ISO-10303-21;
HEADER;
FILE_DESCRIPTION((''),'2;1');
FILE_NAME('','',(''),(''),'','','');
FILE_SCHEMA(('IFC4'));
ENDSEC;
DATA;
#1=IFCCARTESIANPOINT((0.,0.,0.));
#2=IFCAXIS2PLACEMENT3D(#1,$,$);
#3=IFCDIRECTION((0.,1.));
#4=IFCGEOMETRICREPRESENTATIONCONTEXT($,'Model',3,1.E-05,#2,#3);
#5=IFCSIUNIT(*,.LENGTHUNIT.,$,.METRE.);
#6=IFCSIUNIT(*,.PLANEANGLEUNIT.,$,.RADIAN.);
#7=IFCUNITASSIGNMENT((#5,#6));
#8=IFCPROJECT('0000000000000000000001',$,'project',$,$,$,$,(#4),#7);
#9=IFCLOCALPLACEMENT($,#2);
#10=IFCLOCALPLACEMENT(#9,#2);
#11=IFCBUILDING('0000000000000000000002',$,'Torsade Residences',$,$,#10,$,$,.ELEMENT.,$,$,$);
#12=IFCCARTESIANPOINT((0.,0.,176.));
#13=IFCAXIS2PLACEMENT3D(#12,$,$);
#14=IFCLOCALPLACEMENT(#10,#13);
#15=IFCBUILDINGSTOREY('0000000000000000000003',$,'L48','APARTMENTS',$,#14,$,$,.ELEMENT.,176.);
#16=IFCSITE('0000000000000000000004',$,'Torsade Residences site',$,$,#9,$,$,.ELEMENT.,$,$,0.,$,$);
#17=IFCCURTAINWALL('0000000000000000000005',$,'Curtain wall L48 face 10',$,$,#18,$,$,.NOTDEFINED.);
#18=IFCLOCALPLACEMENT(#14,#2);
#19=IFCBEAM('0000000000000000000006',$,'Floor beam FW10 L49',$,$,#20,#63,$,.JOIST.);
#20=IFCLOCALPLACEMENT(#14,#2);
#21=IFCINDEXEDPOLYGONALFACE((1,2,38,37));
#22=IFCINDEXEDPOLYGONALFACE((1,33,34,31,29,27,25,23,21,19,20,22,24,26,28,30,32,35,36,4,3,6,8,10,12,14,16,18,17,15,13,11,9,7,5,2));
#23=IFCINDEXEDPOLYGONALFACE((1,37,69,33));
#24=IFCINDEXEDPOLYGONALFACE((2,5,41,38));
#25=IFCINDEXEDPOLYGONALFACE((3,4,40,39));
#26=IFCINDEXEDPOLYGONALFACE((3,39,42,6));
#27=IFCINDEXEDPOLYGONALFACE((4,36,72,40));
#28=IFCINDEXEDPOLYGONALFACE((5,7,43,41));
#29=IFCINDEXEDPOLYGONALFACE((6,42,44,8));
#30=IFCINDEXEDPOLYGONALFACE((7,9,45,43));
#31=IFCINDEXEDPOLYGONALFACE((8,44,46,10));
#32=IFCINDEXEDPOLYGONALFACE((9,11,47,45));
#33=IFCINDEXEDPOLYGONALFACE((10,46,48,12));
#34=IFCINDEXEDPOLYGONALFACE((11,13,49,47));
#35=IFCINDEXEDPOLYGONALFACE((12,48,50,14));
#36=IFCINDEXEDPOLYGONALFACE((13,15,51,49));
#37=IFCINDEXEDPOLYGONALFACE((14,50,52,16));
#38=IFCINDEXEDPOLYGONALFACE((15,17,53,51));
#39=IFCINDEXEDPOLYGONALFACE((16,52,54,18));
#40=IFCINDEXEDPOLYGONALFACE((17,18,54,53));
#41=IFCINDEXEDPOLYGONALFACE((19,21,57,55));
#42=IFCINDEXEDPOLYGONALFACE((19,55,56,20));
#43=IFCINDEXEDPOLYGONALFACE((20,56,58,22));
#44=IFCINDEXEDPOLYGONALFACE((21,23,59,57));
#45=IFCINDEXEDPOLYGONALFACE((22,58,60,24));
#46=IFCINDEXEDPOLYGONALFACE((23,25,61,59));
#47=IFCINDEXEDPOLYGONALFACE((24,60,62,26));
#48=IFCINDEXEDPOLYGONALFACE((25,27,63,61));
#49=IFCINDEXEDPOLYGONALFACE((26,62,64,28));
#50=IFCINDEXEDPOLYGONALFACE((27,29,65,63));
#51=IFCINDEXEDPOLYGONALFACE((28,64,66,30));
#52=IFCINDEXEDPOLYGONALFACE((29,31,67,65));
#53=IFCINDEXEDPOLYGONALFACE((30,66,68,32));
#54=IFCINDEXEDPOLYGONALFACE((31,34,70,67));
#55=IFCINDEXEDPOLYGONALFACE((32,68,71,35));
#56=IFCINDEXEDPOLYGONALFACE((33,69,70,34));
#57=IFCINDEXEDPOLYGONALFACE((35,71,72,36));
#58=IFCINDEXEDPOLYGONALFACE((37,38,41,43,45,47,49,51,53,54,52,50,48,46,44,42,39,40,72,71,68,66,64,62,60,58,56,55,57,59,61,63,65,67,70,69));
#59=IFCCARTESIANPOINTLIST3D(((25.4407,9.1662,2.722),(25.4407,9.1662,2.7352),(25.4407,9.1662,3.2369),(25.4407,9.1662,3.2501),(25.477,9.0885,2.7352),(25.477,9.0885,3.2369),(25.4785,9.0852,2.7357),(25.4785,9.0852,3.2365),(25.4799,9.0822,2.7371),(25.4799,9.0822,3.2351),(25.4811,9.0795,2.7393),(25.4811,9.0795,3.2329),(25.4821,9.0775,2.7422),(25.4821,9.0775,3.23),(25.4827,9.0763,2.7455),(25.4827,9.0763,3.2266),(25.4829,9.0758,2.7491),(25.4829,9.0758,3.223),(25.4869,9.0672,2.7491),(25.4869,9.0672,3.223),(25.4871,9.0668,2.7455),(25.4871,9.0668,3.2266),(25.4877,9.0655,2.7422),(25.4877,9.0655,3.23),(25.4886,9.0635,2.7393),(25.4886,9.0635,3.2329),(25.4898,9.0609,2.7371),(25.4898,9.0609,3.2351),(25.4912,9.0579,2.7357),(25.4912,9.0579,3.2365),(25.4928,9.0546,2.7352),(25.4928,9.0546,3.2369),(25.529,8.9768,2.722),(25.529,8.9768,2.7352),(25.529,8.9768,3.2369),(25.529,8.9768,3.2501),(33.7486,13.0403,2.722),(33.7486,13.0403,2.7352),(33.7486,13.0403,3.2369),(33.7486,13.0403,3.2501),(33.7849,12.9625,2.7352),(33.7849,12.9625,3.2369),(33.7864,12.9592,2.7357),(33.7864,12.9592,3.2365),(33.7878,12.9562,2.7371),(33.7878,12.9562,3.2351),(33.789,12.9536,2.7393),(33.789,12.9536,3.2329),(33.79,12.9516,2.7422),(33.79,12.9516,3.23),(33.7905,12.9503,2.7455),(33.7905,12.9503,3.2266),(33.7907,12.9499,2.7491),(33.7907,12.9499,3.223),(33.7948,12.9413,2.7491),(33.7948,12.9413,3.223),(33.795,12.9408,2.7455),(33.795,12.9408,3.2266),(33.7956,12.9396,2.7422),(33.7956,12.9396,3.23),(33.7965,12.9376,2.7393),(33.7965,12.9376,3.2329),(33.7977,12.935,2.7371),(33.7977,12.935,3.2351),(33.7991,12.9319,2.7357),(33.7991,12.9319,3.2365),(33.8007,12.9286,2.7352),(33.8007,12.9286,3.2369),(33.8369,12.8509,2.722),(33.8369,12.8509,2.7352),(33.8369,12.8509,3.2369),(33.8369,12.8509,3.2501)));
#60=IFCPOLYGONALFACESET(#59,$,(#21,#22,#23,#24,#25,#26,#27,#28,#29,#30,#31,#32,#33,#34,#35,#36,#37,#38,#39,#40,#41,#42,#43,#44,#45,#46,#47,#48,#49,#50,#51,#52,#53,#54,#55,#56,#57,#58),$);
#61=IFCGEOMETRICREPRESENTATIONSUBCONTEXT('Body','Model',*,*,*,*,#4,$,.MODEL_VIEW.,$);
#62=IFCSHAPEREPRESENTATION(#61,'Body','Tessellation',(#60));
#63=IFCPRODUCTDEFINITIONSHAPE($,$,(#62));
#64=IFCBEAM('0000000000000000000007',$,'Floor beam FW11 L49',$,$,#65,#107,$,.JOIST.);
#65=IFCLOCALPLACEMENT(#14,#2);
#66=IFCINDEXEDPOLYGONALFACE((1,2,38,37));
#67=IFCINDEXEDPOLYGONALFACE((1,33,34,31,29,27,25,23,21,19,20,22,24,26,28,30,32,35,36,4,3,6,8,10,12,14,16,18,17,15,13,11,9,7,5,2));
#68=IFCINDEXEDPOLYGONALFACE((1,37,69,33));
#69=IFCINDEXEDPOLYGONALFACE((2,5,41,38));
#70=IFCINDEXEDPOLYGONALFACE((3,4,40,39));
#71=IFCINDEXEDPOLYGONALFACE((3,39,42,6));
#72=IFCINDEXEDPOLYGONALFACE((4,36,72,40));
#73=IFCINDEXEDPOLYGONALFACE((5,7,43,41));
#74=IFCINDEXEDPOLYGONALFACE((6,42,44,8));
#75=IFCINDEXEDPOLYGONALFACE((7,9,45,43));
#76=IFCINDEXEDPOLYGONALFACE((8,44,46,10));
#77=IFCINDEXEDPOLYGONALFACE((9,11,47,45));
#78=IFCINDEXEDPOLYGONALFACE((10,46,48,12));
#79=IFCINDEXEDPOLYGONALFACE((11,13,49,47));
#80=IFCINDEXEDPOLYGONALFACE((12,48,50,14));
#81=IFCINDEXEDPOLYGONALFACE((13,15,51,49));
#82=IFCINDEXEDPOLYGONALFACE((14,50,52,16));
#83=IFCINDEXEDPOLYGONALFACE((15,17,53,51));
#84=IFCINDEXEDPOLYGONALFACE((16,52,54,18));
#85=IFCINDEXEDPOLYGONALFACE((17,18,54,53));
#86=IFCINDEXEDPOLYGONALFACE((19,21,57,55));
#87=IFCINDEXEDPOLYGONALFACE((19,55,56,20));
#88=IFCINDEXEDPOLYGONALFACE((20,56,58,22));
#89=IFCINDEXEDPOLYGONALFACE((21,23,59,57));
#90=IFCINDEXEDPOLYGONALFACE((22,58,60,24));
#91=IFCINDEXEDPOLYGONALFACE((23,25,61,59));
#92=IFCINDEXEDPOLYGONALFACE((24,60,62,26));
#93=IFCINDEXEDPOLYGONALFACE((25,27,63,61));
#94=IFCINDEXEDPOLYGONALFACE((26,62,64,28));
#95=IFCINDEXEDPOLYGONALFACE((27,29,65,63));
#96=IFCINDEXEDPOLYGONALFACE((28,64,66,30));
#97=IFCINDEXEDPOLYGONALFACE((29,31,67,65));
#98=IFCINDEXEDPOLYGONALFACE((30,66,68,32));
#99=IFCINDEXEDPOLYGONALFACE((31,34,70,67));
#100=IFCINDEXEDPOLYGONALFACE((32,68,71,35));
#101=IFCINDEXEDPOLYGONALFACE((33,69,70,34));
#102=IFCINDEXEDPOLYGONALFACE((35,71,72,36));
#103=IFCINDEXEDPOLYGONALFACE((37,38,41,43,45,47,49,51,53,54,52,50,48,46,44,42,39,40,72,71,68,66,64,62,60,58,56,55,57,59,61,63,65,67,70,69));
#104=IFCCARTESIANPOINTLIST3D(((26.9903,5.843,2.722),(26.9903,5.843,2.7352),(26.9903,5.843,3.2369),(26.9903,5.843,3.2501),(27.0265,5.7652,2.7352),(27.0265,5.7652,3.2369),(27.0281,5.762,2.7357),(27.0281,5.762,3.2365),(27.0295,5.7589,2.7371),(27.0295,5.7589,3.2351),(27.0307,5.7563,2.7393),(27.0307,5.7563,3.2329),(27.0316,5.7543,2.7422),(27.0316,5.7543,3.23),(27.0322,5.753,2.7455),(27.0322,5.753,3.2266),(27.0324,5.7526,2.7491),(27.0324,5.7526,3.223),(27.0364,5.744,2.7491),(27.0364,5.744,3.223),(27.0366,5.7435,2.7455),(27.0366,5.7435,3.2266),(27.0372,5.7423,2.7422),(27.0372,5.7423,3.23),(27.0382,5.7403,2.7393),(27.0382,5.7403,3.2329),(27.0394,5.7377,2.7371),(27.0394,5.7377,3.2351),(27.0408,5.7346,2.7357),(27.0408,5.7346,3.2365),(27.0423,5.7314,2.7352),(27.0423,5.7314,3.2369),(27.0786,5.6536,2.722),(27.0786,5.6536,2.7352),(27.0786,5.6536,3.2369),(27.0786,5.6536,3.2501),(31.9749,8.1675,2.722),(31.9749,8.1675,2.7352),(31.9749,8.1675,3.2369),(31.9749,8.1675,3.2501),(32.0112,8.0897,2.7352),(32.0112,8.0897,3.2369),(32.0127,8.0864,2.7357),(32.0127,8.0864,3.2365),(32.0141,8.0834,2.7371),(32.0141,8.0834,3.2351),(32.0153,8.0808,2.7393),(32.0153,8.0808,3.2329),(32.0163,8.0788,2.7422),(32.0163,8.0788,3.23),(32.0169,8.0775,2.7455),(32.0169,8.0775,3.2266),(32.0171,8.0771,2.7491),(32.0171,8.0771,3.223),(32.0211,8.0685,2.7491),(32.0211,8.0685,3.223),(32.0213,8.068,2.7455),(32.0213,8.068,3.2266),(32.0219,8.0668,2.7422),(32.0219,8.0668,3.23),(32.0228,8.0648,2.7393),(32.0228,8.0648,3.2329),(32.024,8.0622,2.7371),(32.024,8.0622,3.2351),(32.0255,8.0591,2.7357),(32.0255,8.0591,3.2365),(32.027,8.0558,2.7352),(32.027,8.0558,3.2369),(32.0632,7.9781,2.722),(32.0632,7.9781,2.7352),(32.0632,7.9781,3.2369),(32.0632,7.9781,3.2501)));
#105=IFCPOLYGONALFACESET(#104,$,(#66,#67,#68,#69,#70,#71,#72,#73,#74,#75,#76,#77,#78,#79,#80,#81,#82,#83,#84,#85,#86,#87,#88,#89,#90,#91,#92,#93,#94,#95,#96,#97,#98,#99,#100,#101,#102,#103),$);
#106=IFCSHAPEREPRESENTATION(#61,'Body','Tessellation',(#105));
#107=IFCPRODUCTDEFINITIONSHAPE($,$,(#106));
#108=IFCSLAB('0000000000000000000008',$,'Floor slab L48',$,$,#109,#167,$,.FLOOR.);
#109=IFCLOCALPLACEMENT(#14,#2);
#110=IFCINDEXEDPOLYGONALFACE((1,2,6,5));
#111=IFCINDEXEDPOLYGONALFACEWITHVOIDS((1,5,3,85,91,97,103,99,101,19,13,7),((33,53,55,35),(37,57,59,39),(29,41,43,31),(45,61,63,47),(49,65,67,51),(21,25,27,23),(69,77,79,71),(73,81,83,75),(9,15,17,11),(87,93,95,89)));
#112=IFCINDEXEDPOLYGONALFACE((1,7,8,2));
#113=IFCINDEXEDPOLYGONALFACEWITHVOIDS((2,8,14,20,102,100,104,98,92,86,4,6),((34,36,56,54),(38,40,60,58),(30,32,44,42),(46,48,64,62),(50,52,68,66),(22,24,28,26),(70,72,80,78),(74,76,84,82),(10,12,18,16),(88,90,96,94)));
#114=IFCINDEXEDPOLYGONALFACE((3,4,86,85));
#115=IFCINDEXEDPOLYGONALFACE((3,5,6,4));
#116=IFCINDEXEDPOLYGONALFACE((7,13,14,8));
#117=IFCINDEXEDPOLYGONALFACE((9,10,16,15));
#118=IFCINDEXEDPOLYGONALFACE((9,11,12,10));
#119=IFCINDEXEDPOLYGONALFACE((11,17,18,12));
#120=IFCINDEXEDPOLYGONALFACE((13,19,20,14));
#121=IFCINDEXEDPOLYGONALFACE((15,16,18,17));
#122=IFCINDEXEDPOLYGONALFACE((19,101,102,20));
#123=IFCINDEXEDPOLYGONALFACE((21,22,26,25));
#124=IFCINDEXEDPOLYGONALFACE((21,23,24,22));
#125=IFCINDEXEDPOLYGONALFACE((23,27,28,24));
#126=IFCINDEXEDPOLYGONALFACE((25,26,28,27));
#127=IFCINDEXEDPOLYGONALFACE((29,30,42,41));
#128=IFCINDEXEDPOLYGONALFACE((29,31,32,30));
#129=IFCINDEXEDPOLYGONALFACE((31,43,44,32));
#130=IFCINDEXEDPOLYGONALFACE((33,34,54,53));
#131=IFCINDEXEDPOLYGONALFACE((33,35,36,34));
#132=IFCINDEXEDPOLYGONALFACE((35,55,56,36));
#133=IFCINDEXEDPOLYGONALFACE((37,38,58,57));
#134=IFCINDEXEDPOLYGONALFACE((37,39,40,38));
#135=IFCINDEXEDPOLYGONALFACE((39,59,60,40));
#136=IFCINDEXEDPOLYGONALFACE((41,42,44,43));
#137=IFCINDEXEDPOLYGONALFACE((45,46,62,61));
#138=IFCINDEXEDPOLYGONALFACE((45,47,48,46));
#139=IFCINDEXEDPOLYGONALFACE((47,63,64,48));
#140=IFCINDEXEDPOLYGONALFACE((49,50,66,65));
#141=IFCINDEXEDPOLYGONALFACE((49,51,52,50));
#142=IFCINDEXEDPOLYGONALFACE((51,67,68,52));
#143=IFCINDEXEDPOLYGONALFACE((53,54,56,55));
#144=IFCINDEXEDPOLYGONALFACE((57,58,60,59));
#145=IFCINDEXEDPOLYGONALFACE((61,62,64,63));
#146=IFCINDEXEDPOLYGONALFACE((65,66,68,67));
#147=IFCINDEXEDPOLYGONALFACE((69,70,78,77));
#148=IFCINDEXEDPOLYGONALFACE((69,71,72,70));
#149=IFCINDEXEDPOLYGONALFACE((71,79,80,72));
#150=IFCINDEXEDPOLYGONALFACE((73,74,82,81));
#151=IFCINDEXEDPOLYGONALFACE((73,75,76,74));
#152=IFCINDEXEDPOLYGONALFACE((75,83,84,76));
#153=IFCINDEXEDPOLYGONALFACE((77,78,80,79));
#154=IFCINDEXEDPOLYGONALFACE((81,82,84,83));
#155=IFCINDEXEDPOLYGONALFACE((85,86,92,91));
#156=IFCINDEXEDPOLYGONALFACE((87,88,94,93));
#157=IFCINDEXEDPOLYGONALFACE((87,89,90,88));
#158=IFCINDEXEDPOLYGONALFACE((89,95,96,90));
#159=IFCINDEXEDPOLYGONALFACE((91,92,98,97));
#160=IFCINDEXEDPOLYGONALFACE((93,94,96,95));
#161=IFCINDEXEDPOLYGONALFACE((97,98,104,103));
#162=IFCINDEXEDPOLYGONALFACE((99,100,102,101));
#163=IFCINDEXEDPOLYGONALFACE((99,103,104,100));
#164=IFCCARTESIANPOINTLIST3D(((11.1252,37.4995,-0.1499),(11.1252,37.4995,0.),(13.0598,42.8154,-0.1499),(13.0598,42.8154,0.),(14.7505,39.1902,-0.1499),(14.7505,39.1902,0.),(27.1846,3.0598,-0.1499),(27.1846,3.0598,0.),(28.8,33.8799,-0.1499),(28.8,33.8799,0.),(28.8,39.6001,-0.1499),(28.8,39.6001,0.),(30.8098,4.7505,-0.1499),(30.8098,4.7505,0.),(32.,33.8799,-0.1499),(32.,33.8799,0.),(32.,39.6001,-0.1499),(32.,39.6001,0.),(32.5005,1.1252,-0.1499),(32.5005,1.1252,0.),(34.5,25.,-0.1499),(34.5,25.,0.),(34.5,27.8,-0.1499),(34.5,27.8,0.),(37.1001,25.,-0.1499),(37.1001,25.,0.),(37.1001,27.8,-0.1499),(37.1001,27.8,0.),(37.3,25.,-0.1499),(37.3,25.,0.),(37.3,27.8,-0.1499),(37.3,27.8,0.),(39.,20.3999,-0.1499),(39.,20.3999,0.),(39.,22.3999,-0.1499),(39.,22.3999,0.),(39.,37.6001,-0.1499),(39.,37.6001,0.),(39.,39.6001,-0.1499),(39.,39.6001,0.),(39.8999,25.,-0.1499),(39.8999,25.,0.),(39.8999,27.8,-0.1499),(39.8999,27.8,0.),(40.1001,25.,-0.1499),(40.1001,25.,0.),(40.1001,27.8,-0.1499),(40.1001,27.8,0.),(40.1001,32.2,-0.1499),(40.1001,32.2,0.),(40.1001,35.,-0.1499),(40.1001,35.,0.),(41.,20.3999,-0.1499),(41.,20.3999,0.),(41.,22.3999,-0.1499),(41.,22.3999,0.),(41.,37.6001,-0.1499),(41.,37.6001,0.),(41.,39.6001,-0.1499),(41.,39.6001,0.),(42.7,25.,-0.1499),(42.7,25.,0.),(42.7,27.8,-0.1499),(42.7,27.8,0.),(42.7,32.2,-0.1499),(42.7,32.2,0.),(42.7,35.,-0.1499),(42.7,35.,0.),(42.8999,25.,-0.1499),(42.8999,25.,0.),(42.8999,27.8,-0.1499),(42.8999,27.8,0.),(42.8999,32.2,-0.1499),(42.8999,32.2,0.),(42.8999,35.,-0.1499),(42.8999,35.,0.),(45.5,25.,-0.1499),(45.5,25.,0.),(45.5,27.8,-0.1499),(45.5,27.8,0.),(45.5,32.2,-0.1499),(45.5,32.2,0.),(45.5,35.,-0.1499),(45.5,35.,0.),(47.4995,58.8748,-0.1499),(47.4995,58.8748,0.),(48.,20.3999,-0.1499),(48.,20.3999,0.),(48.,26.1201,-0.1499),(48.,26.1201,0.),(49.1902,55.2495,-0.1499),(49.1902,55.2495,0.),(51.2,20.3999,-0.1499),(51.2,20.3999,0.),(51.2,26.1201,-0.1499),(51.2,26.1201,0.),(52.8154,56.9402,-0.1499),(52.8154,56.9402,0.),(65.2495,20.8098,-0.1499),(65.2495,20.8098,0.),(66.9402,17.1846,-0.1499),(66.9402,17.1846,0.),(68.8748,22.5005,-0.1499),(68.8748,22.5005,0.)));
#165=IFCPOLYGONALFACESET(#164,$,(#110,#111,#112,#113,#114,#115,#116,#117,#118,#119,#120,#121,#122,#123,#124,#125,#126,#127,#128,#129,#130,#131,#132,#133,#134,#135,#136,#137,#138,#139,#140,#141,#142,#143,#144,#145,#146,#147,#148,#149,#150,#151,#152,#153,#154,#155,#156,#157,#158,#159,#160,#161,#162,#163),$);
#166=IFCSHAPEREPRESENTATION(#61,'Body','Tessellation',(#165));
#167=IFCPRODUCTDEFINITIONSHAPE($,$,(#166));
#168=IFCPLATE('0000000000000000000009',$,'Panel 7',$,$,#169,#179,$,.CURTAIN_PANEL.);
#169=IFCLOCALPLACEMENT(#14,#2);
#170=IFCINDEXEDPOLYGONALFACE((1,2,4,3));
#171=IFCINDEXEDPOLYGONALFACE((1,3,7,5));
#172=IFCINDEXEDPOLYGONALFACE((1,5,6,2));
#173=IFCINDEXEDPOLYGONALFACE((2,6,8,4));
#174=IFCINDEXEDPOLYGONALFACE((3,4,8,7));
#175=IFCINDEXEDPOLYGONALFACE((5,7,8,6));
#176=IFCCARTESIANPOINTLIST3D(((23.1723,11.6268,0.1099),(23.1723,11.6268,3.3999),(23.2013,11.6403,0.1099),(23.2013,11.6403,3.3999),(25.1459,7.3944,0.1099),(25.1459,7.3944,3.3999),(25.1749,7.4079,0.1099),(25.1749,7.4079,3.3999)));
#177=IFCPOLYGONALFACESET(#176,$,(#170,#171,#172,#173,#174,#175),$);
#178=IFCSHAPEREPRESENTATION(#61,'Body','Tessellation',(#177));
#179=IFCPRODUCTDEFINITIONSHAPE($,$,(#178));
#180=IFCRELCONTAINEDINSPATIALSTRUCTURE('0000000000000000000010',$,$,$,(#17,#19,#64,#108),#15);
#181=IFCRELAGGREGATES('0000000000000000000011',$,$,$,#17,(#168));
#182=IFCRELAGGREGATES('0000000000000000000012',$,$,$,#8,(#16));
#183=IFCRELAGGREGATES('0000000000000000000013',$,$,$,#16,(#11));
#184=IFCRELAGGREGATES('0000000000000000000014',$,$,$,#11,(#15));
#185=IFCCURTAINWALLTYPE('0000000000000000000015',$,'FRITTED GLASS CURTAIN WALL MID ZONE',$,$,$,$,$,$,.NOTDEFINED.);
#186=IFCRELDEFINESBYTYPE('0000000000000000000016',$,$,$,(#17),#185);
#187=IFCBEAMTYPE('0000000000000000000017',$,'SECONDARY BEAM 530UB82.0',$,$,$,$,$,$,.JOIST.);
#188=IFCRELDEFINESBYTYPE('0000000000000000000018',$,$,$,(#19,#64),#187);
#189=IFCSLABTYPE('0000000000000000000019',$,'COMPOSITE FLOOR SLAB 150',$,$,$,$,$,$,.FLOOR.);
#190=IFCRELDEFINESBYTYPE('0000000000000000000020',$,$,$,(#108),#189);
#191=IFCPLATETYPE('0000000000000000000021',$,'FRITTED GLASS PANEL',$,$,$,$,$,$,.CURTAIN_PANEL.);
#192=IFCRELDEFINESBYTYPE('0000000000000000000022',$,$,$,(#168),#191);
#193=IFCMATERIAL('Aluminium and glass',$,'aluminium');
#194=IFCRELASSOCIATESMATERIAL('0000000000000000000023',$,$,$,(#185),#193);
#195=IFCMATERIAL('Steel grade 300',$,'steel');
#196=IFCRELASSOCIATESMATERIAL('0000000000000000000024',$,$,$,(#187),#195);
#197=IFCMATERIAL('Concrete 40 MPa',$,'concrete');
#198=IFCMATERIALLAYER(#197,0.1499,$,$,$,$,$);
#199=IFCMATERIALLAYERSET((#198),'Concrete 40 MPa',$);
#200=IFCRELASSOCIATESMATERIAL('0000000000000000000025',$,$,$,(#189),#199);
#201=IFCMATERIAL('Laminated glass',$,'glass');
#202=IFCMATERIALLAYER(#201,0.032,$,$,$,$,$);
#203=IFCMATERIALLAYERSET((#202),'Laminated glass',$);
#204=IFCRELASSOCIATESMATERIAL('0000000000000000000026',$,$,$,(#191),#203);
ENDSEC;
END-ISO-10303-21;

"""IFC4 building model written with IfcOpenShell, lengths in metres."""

from ifc_helpers import new_model, si_unit, direction, frame, origin, origin_2d, place, context, subcontext, project, spatial, polyline, rectangle, i_section, outline, extrude, material, layer, layer_set, material_profile, profile_set, type_object, element, aggregate, save


model = new_model("IFC4")

# Units and contexts
model_context = context("Model", 3, precision=1e-05, world=origin(), true_north=direction((0.0, 1.0)))
body_context = subcontext(model_context, "Body", "Model", "MODEL_VIEW")
ifc_project = project(units=[si_unit("LENGTHUNIT", "METRE"), si_unit("PLANEANGLEUNIT", "RADIAN")], contexts=[model_context])

# Site, building, storey
site_placement = place(None, origin())
site = spatial("IfcSite", under=ifc_project, at=site_placement, Name="Torsade Residences site", CompositionType="ELEMENT", RefElevation=0.0)
building_placement = place(site_placement, origin())
building = spatial("IfcBuilding", under=site, at=building_placement, Name="Torsade Residences", CompositionType="ELEMENT")
storey_placement = place(building_placement, frame((0.0, 0.0, 176.0)))
storey = spatial("IfcBuildingStorey", under=building, at=storey_placement, Name="L48", Description="APARTMENTS", CompositionType="ELEMENT", Elevation=176.0)

# Curtain wall
ifc_material_1 = material(Name="Aluminium and glass", Category="aluminium")
curtain_wall_type = type_object("IfcCurtainWallType", Name="FRITTED GLASS CURTAIN WALL MID ZONE", PredefinedType="NOTDEFINED", material=ifc_material_1)
curtain_wall_placement = place(storey_placement, origin())
curtain_wall = element("IfcCurtainWall", 1, at=curtain_wall_placement, inside=storey, type_object=curtain_wall_type, Name="Curtain wall L48 face 10", PredefinedType="NOTDEFINED")

# Beams
ifc_material_2 = material(Name="Steel grade 300", Category="steel")
ifc_material_profile_1 = material_profile(ifc_material_2, i_section(OverallWidth=0.209, OverallDepth=0.5281, WebThickness=0.0095, FlangeThickness=0.0132, FilletRadius=0.0139, at=origin_2d()), Name="530UB82.0")
ifc_profile_set_1 = profile_set([ifc_material_profile_1], Name="Steel grade 300")
beam_type_1 = type_object("IfcBeamType", Name="SECONDARY BEAM 530UB82.0", PredefinedType="JOIST", material=ifc_profile_set_1)
beam_1_placement = place(storey_placement, frame((25.4849, 9.0715, 2.9861), z_axis=(0.906308, 0.422619, 0.0), x_axis=(-0.422619, 0.906308, 0.0)))
element("IfcBeam", 2, at=beam_1_placement, inside=storey, type_object=beam_type_1, Name="Floor beam FW10 L49", PredefinedType="JOIST", context=body_context, shape_type="SweptSolid", body=[
    extrude(i_section(OverallWidth=0.209, OverallDepth=0.5281, WebThickness=0.0095, FlangeThickness=0.0132, FilletRadius=0.0139, at=origin_2d()), origin(), (0.0, 0.0, 1.0), 9.1667),
])
beam_2_placement = place(storey_placement, frame((27.0344, 5.7483, 2.9861), z_axis=(0.906301, 0.422633, 0.0), x_axis=(-0.422633, 0.906301, 0.0)))
element("IfcBeam", 3, at=beam_2_placement, inside=storey, type_object=beam_type_1, Name="Floor beam FW11 L49", PredefinedType="JOIST", context=body_context, shape_type="SweptSolid", body=[
    extrude(i_section(OverallWidth=0.209, OverallDepth=0.5281, WebThickness=0.0095, FlangeThickness=0.0132, FilletRadius=0.0139, at=origin_2d()), origin(), (0.0, 0.0, 1.0), 5.5),
])

# Slab
ifc_material_3 = material(Name="Concrete 40 MPa", Category="concrete")
ifc_layer_1 = layer(ifc_material_3, 0.1499)
ifc_layer_set_1 = layer_set([ifc_layer_1], Name="Concrete 40 MPa")
slab_type_1 = type_object("IfcSlabType", Name="COMPOSITE FLOOR SLAB 150", PredefinedType="FLOOR", material=ifc_layer_set_1)
slab_1_placement = place(storey_placement, frame((0.0, 0.0, -0.1499)))
element("IfcSlab", 4, at=slab_1_placement, inside=storey, type_object=slab_type_1, Name="Floor slab L48", PredefinedType="FLOOR", context=body_context, shape_type="SweptSolid", body=[
    extrude(outline(polyline([(32.5005, 1.1252), (66.9402, 17.1846), (65.2495, 20.8098), (68.8748, 22.5005), (52.8154, 56.9402), (49.1902, 55.2495), (47.4995, 58.8748), (13.0598, 42.8154), (14.7505, 39.1902), (11.1252, 37.4995), (27.1846, 3.0598), (30.8098, 4.7505), (32.5005, 1.1252)]), holes=[polyline([(51.2, 26.1201), (48.0, 26.1201), (48.0, 20.3999), (51.2, 20.3999), (51.2, 26.1201)]), polyline([(45.5, 27.8), (42.8999, 27.8), (42.8999, 25.0), (45.5, 25.0), (45.5, 27.8)]), polyline([(45.5, 35.0), (42.8999, 35.0), (42.8999, 32.2), (45.5, 32.2), (45.5, 35.0)]), polyline([(42.7, 25.0), (42.7, 27.8), (40.1001, 27.8), (40.1001, 25.0), (42.7, 25.0)]), polyline([(42.7, 35.0), (40.1001, 35.0), (40.1001, 32.2), (42.7, 32.2), (42.7, 35.0)]), polyline([(41.0, 22.3999), (39.0, 22.3999), (39.0, 20.3999), (41.0, 20.3999), (41.0, 22.3999)]), polyline([(41.0, 37.6001), (41.0, 39.6001), (39.0, 39.6001), (39.0, 37.6001), (41.0, 37.6001)]), polyline([(39.8999, 25.0), (39.8999, 27.8), (37.3, 27.8), (37.3, 25.0), (39.8999, 25.0)]), polyline([(37.1001, 27.8), (34.5, 27.8), (34.5, 25.0), (37.1001, 25.0), (37.1001, 27.8)]), polyline([(32.0, 33.8799), (32.0, 39.6001), (28.8, 39.6001), (28.8, 33.8799), (32.0, 33.8799)])]), origin(), (0.0, 0.0, 1.0), 0.1499),
])

# Plate
ifc_material_4 = material(Name="Laminated glass", Category="glass")
ifc_layer_2 = layer(ifc_material_4, 0.032)
ifc_layer_set_2 = layer_set([ifc_layer_2], Name="Laminated glass")
plate_type = type_object("IfcPlateType", Name="FRITTED GLASS PANEL", PredefinedType="CURTAIN_PANEL", material=ifc_layer_set_2)
plate_1_placement = place(storey_placement, frame((24.1736, 9.5173, 0.1099), z_axis=(0.0, 0.0, 1.0), x_axis=(0.422618, -0.906308, 0.0)))
plate_1 = element("IfcPlate", 5, at=plate_1_placement, type_object=plate_type, Name="Panel 7", PredefinedType="CURTAIN_PANEL", context=body_context, shape_type="SweptSolid", body=[
    extrude(rectangle(XDim=4.6699, YDim=0.032, at=origin_2d()), origin(), (0.0, 0.0, 1.0), 3.29),
])
aggregate(curtain_wall, [plate_1])

save(model, "model.ifc")
